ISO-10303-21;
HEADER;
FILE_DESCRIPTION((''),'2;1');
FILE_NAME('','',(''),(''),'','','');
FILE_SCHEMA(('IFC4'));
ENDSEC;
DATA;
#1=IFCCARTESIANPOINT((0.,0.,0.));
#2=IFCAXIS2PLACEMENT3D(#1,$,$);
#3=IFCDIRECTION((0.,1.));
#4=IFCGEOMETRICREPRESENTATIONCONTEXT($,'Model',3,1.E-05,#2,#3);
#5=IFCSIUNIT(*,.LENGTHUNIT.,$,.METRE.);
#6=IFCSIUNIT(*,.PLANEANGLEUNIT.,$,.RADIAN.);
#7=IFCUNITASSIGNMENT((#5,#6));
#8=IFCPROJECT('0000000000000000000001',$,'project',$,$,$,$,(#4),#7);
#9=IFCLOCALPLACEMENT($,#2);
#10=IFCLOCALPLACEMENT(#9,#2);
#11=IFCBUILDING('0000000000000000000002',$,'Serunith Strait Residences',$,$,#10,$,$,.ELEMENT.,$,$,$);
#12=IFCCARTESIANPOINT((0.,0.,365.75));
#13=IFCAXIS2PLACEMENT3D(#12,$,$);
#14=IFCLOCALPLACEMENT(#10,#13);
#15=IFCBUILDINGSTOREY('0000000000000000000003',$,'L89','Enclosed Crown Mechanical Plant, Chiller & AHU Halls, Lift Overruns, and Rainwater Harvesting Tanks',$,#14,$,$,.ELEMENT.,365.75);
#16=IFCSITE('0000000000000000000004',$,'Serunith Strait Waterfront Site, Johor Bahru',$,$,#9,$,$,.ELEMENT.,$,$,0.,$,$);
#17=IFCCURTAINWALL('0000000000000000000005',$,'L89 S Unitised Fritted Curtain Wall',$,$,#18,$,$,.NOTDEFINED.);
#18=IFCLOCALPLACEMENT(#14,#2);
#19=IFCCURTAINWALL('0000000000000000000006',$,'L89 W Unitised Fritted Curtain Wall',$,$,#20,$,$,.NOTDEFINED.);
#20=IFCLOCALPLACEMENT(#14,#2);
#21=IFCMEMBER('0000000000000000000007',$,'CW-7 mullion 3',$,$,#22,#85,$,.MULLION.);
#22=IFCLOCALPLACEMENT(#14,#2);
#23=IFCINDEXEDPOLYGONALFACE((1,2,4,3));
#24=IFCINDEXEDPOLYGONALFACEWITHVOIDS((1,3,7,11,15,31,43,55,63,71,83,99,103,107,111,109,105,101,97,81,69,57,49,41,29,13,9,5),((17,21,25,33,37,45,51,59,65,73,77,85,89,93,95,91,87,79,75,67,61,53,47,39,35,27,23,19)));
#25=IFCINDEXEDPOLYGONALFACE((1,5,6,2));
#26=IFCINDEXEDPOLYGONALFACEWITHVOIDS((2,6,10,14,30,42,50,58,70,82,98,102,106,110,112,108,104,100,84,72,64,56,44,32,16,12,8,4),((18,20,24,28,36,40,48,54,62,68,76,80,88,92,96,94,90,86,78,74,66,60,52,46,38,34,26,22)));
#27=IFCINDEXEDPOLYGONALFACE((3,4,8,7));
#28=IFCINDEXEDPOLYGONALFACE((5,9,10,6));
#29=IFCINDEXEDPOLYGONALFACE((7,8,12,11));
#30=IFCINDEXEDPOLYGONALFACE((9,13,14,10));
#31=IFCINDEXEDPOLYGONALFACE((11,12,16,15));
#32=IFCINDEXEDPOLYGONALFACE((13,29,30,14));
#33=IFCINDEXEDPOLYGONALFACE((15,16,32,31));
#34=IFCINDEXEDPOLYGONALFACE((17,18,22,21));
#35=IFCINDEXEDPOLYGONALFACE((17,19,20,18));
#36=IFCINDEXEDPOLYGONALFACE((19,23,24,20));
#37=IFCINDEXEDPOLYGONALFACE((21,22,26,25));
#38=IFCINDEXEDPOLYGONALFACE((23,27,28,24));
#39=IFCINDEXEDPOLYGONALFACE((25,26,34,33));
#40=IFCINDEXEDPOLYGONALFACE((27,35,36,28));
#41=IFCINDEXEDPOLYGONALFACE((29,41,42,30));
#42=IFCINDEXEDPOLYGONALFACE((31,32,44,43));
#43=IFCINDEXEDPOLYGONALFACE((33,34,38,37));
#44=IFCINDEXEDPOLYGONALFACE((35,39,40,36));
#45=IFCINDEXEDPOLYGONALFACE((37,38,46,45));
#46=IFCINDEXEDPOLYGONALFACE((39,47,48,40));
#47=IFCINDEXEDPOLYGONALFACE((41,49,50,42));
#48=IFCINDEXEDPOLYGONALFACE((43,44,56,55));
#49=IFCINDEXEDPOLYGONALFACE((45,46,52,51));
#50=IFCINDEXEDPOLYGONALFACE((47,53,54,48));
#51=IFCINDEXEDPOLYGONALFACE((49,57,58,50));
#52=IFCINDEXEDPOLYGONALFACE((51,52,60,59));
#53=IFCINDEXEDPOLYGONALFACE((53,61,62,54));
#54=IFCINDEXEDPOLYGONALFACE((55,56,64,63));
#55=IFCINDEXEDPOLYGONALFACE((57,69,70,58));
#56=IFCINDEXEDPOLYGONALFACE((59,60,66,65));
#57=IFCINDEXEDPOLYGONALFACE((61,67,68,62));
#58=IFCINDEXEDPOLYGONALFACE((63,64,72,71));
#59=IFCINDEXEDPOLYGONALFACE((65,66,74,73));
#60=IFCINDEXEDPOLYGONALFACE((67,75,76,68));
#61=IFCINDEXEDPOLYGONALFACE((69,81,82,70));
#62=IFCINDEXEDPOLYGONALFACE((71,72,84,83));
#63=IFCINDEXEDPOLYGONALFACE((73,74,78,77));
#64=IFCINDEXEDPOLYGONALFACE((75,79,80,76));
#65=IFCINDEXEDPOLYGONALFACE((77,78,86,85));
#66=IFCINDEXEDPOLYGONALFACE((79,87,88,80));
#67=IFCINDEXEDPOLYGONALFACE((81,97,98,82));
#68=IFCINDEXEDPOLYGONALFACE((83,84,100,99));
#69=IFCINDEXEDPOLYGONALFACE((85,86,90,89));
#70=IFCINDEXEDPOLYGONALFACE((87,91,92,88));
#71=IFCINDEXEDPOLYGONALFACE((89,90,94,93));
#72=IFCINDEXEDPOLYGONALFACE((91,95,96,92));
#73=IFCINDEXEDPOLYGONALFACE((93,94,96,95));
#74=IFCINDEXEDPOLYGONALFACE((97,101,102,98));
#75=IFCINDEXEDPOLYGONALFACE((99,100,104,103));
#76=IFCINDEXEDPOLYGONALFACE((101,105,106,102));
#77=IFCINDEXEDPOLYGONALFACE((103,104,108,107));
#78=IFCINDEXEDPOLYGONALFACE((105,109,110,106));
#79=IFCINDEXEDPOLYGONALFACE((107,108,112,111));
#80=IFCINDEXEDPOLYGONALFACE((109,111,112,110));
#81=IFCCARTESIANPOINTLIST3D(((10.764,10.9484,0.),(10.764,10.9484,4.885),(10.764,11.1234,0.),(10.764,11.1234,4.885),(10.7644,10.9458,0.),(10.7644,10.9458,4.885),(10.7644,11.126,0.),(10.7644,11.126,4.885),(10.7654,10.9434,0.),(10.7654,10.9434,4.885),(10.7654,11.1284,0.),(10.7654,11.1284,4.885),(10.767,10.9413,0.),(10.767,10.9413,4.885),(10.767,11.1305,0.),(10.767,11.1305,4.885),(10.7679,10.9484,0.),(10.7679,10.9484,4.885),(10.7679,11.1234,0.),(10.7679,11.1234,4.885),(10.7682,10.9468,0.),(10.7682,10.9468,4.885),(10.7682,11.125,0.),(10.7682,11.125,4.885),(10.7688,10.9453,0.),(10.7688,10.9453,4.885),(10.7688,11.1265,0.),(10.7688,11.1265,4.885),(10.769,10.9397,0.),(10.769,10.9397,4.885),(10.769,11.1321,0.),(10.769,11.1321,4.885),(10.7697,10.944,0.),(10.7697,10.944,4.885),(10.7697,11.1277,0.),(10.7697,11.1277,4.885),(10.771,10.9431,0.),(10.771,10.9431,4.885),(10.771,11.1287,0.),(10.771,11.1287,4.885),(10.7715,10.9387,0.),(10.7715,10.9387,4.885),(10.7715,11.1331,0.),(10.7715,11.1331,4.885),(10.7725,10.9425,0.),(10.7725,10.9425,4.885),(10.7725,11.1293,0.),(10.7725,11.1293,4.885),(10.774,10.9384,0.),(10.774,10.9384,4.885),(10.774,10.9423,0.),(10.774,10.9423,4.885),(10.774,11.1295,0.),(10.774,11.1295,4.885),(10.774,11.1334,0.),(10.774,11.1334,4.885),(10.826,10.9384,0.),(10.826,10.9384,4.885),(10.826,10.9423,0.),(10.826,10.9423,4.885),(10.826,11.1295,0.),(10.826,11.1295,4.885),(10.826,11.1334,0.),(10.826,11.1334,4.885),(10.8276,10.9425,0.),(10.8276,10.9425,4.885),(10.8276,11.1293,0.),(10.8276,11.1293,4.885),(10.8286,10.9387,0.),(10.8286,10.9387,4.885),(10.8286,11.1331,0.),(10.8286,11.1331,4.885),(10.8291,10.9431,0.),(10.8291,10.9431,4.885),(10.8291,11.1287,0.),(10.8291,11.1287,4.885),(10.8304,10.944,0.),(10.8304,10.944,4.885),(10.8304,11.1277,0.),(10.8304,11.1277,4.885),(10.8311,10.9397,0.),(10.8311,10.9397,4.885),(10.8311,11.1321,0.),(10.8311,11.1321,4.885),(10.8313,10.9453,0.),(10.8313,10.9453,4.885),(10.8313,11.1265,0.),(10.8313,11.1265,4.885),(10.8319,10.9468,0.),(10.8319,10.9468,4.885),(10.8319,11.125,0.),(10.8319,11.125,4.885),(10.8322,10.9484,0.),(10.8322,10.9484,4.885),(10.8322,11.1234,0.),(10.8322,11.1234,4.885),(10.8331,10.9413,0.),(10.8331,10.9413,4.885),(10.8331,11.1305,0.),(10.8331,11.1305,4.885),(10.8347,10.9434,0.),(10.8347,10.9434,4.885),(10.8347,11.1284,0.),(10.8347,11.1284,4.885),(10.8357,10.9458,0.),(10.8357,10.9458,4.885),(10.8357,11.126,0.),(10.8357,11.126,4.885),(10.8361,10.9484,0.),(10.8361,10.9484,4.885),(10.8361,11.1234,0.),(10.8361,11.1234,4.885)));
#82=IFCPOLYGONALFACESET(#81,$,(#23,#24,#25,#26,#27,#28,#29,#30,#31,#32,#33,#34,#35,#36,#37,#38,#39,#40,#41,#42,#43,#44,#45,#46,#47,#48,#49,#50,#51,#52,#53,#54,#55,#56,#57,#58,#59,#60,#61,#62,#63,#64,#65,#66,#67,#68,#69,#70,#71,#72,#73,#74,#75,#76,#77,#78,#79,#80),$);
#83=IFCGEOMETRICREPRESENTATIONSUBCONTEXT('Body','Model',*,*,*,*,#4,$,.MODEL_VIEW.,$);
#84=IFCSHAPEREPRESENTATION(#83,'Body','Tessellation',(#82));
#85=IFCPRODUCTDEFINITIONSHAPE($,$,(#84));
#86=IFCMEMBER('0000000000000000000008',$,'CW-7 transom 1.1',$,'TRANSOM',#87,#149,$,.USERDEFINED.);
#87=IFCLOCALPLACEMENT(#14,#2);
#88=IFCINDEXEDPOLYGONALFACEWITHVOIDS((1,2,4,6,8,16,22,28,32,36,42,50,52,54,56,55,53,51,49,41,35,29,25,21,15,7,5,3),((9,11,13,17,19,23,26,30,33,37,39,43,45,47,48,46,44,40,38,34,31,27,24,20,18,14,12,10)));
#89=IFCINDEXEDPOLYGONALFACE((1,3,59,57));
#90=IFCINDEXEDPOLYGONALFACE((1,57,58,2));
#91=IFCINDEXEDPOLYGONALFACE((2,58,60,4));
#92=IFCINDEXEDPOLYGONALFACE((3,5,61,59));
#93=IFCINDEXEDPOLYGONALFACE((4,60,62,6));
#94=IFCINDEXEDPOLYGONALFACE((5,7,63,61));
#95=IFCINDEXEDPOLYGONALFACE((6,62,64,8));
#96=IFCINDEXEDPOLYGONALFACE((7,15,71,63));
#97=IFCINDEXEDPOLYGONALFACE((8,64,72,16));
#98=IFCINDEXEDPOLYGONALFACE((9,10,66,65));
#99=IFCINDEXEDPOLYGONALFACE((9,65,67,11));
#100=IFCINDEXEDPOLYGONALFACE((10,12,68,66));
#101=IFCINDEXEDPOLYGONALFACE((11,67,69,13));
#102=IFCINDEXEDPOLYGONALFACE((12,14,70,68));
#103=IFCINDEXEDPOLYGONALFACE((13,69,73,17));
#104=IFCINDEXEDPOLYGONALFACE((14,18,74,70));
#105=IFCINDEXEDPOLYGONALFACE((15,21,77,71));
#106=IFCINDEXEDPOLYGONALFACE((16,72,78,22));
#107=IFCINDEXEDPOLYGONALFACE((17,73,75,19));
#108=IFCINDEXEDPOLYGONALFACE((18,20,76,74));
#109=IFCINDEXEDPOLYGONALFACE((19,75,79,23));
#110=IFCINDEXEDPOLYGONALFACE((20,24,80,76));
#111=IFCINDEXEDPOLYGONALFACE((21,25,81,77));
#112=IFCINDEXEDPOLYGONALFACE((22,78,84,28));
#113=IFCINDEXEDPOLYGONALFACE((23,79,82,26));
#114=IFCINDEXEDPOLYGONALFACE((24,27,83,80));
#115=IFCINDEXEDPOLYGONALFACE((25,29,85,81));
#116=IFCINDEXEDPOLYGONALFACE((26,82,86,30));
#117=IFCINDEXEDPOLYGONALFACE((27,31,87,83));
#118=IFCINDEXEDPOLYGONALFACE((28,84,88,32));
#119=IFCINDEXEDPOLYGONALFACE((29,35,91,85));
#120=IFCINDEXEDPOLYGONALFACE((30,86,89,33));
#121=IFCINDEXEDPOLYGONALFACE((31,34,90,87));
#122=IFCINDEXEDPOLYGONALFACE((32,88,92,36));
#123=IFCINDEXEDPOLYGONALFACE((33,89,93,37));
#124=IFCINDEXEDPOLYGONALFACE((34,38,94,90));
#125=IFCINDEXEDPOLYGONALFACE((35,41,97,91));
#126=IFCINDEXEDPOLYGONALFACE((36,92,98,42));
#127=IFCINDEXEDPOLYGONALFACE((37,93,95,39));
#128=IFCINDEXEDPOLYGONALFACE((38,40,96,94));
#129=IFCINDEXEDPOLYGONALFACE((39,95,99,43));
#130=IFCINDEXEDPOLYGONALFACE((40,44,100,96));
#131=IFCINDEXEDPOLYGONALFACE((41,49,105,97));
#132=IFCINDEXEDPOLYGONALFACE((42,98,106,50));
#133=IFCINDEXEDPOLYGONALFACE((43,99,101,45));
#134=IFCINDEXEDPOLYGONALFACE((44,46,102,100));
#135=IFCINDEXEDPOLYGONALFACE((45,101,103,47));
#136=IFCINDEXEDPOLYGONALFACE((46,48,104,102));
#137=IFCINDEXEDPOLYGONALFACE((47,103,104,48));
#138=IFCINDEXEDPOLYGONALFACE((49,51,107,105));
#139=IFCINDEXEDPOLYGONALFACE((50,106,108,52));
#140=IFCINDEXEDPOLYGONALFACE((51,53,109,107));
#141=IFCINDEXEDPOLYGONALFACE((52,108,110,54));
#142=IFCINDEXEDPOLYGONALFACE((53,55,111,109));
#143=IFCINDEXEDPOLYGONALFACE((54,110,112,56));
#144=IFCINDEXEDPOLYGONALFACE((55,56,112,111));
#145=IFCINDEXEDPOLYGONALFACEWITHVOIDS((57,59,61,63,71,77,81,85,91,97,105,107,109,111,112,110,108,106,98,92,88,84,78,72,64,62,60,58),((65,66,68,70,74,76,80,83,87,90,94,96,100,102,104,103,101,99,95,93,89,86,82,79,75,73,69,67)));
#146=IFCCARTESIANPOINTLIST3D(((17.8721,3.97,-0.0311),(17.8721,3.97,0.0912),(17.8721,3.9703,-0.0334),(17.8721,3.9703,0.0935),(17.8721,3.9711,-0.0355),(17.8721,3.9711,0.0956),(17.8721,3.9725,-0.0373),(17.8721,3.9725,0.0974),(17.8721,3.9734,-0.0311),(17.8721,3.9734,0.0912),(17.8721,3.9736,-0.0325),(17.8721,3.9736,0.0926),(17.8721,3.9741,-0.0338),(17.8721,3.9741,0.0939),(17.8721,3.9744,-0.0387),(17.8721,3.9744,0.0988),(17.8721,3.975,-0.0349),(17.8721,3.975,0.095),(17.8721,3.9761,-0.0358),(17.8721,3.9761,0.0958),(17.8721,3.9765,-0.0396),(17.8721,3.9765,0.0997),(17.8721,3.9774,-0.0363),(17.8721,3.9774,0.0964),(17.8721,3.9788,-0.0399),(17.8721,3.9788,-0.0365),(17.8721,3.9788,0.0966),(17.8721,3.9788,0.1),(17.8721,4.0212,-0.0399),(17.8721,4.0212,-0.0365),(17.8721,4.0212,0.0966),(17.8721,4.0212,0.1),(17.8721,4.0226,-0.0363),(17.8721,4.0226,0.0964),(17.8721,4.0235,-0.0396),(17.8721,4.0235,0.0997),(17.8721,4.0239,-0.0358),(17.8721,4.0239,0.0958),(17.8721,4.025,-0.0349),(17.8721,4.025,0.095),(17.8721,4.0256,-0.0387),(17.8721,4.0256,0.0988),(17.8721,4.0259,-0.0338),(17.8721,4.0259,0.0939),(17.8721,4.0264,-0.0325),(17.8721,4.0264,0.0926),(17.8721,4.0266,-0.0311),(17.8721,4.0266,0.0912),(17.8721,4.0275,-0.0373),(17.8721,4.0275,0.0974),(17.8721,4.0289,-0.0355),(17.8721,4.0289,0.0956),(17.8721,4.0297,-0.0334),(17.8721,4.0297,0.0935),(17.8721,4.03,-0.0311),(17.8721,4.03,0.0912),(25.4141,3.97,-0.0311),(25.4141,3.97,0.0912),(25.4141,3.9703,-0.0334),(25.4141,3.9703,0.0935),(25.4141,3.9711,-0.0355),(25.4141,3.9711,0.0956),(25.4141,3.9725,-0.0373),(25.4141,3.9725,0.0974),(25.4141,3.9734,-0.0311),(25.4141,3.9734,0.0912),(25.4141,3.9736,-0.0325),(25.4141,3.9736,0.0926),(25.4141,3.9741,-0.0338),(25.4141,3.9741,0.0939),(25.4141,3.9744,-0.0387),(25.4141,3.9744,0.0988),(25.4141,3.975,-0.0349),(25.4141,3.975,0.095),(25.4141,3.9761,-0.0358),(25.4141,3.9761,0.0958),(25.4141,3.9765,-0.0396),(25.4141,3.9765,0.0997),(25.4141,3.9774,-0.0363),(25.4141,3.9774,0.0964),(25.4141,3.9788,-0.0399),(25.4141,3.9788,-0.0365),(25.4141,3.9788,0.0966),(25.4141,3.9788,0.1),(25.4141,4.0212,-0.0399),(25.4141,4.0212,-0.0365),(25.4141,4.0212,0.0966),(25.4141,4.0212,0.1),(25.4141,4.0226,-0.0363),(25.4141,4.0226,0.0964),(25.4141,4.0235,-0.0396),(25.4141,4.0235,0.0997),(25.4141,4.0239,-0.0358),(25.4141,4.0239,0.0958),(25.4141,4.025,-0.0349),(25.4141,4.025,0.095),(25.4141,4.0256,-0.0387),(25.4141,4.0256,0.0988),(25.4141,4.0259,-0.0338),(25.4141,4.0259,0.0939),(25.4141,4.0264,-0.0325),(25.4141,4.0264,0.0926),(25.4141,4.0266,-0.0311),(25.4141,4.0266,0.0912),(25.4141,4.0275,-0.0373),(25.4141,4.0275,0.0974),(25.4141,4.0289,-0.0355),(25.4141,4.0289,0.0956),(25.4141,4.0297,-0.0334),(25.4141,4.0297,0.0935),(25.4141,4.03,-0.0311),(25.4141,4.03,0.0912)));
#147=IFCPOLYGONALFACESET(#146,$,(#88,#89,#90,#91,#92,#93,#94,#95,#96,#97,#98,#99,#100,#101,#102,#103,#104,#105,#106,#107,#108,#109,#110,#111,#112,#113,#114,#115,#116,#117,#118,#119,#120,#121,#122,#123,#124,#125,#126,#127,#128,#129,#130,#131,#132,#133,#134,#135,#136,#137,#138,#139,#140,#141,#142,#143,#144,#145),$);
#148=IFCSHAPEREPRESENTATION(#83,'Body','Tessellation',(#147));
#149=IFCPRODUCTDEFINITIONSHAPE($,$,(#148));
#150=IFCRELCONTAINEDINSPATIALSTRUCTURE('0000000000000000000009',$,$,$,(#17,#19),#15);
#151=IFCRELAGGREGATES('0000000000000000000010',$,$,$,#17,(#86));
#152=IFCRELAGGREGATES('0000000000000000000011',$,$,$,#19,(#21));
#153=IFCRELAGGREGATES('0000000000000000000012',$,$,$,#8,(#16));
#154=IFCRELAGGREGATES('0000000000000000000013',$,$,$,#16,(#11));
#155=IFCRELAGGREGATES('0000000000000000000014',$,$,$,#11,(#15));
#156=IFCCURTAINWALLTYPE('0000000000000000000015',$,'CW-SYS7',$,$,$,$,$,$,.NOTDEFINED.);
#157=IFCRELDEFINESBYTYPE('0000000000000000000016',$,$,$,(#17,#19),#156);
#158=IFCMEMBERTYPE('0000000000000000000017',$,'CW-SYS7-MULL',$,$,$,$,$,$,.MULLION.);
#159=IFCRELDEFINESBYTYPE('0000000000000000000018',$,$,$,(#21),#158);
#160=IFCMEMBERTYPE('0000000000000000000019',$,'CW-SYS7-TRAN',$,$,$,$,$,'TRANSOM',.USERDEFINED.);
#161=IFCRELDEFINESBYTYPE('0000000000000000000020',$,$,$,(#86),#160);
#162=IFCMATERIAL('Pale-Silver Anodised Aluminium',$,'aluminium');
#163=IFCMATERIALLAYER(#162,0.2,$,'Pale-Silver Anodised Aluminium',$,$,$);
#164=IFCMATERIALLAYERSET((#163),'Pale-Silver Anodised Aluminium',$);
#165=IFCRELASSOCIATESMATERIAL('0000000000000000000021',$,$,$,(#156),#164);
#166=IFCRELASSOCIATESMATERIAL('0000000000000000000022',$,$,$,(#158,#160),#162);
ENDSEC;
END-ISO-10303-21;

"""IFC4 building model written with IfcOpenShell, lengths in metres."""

from ifc_helpers import new_model, si_unit, direction, frame, origin, origin_2d, place, context, subcontext, project, spatial, hollow_rectangle, extrude, source, transform, mapped, material, layer, layer_set, material_profile, profile_set, type_object, element, aggregate, save


model = new_model("IFC4")

# Units and contexts
model_context = context("Model", 3, precision=1e-05, world=origin(), true_north=direction((0.0, 1.0)))
body_context = subcontext(model_context, "Body", "Model", "MODEL_VIEW")
ifc_project = project(units=[si_unit("LENGTHUNIT", "METRE"), si_unit("PLANEANGLEUNIT", "RADIAN")], contexts=[model_context])

# Site, building, storey
site_placement = place(None, origin())
site = spatial("IfcSite", under=ifc_project, at=site_placement, Name="Serunith Strait Waterfront Site, Johor Bahru", CompositionType="ELEMENT", RefElevation=0.0)
building_placement = place(site_placement, origin())
building = spatial("IfcBuilding", under=site, at=building_placement, Name="Serunith Strait Residences", CompositionType="ELEMENT")
storey_placement = place(building_placement, frame((0.0, 0.0, 365.75)))
storey = spatial("IfcBuildingStorey", under=building, at=storey_placement, Name="L89", Description="Enclosed Crown Mechanical Plant, Chiller & AHU Halls, Lift Overruns, and Rainwater Harvesting Tanks", CompositionType="ELEMENT", Elevation=365.75)

# Curtain wall
ifc_material_1 = material(Name="Pale-Silver Anodised Aluminium", Category="aluminium")
ifc_layer_1 = layer(ifc_material_1, 0.2, Name="Pale-Silver Anodised Aluminium")
ifc_layer_set_1 = layer_set([ifc_layer_1], Name="Pale-Silver Anodised Aluminium")
curtain_wall_type = type_object("IfcCurtainWallType", Name="CW-SYS7", PredefinedType="NOTDEFINED", material=ifc_layer_set_1)
curtain_wall_1_placement = place(storey_placement, origin())
curtain_wall_1 = element("IfcCurtainWall", 1, at=curtain_wall_1_placement, inside=storey, type_object=curtain_wall_type, Name="L89 S Unitised Fritted Curtain Wall", PredefinedType="NOTDEFINED")
ifc_material_profile_1 = material_profile(ifc_material_1, hollow_rectangle(XDim=0.072, YDim=0.1951, WallThickness=0.0039, InnerFilletRadius=0.0061, OuterFilletRadius=0.01, at=origin_2d()), Name="ALU 195x72x4")
ifc_profile_set_1 = profile_set([ifc_material_profile_1], Name="Pale-Silver Anodised Aluminium")
member_type_1 = type_object("IfcMemberType", Name="CW-SYS7-MULL", PredefinedType="MULLION", material=ifc_profile_set_1)
shared_shape_1 = source(origin(), body_context, "Body", "SweptSolid", [
    extrude(hollow_rectangle(XDim=0.072, YDim=0.1951, WallThickness=0.0039, InnerFilletRadius=0.0061, OuterFilletRadius=0.01, at=origin_2d()), origin(), (0.0, 0.0, 1.0), 4.885),
])

# Curtain wall, member
curtain_wall_2_placement = place(storey_placement, origin())
curtain_wall_2 = element("IfcCurtainWall", 2, at=curtain_wall_2_placement, inside=storey, type_object=curtain_wall_type, Name="L89 W Unitised Fritted Curtain Wall", PredefinedType="NOTDEFINED")
member_1_placement = place(storey_placement, frame((10.8, 11.0359, 0.0), z_axis=(0.0, 0.0, 1.0), x_axis=(1.0, 0.0, 0.0)))
member_1 = element("IfcMember", 3, at=member_1_placement, type_object=member_type_1, Name="CW-7 mullion 3", PredefinedType="MULLION", context=body_context, shape_type="MappedRepresentation", body=[
    mapped(shared_shape_1, transform((0.0, 0.0, 0.0), scale=1.0)),
])

# Member
ifc_material_profile_2 = material_profile(ifc_material_1, hollow_rectangle(XDim=0.0601, YDim=0.1399, WallThickness=0.0034, InnerFilletRadius=0.0054, OuterFilletRadius=0.0088, at=origin_2d()), Name="ALU 140x60x3.5")
ifc_profile_set_2 = profile_set([ifc_material_profile_2], Name="Pale-Silver Anodised Aluminium")
member_type_2 = type_object("IfcMemberType", Name="CW-SYS7-TRAN", ElementType="TRANSOM", PredefinedType="USERDEFINED", material=ifc_profile_set_2)
shared_shape_2 = source(origin(), body_context, "Body", "SweptSolid", [
    extrude(hollow_rectangle(XDim=0.0601, YDim=0.1399, WallThickness=0.0034, InnerFilletRadius=0.0054, OuterFilletRadius=0.0088, at=origin_2d()), origin(), (0.0, 0.0, 1.0), 7.542),
])
member_2_placement = place(storey_placement, frame((17.8721, 4.0, 0.03), z_axis=(1.0, 0.0, 0.0), x_axis=(0.0, 1.0, 0.0)))
member_2 = element("IfcMember", 4, at=member_2_placement, type_object=member_type_2, Name="CW-7 transom 1.1", ObjectType="TRANSOM", PredefinedType="USERDEFINED", context=body_context, shape_type="MappedRepresentation", body=[
    mapped(shared_shape_2, transform((0.0, 0.0, 0.0), scale=1.0)),
])
aggregate(curtain_wall_1, [member_2])

aggregate(curtain_wall_2, [member_1])

save(model, "model.ifc")
